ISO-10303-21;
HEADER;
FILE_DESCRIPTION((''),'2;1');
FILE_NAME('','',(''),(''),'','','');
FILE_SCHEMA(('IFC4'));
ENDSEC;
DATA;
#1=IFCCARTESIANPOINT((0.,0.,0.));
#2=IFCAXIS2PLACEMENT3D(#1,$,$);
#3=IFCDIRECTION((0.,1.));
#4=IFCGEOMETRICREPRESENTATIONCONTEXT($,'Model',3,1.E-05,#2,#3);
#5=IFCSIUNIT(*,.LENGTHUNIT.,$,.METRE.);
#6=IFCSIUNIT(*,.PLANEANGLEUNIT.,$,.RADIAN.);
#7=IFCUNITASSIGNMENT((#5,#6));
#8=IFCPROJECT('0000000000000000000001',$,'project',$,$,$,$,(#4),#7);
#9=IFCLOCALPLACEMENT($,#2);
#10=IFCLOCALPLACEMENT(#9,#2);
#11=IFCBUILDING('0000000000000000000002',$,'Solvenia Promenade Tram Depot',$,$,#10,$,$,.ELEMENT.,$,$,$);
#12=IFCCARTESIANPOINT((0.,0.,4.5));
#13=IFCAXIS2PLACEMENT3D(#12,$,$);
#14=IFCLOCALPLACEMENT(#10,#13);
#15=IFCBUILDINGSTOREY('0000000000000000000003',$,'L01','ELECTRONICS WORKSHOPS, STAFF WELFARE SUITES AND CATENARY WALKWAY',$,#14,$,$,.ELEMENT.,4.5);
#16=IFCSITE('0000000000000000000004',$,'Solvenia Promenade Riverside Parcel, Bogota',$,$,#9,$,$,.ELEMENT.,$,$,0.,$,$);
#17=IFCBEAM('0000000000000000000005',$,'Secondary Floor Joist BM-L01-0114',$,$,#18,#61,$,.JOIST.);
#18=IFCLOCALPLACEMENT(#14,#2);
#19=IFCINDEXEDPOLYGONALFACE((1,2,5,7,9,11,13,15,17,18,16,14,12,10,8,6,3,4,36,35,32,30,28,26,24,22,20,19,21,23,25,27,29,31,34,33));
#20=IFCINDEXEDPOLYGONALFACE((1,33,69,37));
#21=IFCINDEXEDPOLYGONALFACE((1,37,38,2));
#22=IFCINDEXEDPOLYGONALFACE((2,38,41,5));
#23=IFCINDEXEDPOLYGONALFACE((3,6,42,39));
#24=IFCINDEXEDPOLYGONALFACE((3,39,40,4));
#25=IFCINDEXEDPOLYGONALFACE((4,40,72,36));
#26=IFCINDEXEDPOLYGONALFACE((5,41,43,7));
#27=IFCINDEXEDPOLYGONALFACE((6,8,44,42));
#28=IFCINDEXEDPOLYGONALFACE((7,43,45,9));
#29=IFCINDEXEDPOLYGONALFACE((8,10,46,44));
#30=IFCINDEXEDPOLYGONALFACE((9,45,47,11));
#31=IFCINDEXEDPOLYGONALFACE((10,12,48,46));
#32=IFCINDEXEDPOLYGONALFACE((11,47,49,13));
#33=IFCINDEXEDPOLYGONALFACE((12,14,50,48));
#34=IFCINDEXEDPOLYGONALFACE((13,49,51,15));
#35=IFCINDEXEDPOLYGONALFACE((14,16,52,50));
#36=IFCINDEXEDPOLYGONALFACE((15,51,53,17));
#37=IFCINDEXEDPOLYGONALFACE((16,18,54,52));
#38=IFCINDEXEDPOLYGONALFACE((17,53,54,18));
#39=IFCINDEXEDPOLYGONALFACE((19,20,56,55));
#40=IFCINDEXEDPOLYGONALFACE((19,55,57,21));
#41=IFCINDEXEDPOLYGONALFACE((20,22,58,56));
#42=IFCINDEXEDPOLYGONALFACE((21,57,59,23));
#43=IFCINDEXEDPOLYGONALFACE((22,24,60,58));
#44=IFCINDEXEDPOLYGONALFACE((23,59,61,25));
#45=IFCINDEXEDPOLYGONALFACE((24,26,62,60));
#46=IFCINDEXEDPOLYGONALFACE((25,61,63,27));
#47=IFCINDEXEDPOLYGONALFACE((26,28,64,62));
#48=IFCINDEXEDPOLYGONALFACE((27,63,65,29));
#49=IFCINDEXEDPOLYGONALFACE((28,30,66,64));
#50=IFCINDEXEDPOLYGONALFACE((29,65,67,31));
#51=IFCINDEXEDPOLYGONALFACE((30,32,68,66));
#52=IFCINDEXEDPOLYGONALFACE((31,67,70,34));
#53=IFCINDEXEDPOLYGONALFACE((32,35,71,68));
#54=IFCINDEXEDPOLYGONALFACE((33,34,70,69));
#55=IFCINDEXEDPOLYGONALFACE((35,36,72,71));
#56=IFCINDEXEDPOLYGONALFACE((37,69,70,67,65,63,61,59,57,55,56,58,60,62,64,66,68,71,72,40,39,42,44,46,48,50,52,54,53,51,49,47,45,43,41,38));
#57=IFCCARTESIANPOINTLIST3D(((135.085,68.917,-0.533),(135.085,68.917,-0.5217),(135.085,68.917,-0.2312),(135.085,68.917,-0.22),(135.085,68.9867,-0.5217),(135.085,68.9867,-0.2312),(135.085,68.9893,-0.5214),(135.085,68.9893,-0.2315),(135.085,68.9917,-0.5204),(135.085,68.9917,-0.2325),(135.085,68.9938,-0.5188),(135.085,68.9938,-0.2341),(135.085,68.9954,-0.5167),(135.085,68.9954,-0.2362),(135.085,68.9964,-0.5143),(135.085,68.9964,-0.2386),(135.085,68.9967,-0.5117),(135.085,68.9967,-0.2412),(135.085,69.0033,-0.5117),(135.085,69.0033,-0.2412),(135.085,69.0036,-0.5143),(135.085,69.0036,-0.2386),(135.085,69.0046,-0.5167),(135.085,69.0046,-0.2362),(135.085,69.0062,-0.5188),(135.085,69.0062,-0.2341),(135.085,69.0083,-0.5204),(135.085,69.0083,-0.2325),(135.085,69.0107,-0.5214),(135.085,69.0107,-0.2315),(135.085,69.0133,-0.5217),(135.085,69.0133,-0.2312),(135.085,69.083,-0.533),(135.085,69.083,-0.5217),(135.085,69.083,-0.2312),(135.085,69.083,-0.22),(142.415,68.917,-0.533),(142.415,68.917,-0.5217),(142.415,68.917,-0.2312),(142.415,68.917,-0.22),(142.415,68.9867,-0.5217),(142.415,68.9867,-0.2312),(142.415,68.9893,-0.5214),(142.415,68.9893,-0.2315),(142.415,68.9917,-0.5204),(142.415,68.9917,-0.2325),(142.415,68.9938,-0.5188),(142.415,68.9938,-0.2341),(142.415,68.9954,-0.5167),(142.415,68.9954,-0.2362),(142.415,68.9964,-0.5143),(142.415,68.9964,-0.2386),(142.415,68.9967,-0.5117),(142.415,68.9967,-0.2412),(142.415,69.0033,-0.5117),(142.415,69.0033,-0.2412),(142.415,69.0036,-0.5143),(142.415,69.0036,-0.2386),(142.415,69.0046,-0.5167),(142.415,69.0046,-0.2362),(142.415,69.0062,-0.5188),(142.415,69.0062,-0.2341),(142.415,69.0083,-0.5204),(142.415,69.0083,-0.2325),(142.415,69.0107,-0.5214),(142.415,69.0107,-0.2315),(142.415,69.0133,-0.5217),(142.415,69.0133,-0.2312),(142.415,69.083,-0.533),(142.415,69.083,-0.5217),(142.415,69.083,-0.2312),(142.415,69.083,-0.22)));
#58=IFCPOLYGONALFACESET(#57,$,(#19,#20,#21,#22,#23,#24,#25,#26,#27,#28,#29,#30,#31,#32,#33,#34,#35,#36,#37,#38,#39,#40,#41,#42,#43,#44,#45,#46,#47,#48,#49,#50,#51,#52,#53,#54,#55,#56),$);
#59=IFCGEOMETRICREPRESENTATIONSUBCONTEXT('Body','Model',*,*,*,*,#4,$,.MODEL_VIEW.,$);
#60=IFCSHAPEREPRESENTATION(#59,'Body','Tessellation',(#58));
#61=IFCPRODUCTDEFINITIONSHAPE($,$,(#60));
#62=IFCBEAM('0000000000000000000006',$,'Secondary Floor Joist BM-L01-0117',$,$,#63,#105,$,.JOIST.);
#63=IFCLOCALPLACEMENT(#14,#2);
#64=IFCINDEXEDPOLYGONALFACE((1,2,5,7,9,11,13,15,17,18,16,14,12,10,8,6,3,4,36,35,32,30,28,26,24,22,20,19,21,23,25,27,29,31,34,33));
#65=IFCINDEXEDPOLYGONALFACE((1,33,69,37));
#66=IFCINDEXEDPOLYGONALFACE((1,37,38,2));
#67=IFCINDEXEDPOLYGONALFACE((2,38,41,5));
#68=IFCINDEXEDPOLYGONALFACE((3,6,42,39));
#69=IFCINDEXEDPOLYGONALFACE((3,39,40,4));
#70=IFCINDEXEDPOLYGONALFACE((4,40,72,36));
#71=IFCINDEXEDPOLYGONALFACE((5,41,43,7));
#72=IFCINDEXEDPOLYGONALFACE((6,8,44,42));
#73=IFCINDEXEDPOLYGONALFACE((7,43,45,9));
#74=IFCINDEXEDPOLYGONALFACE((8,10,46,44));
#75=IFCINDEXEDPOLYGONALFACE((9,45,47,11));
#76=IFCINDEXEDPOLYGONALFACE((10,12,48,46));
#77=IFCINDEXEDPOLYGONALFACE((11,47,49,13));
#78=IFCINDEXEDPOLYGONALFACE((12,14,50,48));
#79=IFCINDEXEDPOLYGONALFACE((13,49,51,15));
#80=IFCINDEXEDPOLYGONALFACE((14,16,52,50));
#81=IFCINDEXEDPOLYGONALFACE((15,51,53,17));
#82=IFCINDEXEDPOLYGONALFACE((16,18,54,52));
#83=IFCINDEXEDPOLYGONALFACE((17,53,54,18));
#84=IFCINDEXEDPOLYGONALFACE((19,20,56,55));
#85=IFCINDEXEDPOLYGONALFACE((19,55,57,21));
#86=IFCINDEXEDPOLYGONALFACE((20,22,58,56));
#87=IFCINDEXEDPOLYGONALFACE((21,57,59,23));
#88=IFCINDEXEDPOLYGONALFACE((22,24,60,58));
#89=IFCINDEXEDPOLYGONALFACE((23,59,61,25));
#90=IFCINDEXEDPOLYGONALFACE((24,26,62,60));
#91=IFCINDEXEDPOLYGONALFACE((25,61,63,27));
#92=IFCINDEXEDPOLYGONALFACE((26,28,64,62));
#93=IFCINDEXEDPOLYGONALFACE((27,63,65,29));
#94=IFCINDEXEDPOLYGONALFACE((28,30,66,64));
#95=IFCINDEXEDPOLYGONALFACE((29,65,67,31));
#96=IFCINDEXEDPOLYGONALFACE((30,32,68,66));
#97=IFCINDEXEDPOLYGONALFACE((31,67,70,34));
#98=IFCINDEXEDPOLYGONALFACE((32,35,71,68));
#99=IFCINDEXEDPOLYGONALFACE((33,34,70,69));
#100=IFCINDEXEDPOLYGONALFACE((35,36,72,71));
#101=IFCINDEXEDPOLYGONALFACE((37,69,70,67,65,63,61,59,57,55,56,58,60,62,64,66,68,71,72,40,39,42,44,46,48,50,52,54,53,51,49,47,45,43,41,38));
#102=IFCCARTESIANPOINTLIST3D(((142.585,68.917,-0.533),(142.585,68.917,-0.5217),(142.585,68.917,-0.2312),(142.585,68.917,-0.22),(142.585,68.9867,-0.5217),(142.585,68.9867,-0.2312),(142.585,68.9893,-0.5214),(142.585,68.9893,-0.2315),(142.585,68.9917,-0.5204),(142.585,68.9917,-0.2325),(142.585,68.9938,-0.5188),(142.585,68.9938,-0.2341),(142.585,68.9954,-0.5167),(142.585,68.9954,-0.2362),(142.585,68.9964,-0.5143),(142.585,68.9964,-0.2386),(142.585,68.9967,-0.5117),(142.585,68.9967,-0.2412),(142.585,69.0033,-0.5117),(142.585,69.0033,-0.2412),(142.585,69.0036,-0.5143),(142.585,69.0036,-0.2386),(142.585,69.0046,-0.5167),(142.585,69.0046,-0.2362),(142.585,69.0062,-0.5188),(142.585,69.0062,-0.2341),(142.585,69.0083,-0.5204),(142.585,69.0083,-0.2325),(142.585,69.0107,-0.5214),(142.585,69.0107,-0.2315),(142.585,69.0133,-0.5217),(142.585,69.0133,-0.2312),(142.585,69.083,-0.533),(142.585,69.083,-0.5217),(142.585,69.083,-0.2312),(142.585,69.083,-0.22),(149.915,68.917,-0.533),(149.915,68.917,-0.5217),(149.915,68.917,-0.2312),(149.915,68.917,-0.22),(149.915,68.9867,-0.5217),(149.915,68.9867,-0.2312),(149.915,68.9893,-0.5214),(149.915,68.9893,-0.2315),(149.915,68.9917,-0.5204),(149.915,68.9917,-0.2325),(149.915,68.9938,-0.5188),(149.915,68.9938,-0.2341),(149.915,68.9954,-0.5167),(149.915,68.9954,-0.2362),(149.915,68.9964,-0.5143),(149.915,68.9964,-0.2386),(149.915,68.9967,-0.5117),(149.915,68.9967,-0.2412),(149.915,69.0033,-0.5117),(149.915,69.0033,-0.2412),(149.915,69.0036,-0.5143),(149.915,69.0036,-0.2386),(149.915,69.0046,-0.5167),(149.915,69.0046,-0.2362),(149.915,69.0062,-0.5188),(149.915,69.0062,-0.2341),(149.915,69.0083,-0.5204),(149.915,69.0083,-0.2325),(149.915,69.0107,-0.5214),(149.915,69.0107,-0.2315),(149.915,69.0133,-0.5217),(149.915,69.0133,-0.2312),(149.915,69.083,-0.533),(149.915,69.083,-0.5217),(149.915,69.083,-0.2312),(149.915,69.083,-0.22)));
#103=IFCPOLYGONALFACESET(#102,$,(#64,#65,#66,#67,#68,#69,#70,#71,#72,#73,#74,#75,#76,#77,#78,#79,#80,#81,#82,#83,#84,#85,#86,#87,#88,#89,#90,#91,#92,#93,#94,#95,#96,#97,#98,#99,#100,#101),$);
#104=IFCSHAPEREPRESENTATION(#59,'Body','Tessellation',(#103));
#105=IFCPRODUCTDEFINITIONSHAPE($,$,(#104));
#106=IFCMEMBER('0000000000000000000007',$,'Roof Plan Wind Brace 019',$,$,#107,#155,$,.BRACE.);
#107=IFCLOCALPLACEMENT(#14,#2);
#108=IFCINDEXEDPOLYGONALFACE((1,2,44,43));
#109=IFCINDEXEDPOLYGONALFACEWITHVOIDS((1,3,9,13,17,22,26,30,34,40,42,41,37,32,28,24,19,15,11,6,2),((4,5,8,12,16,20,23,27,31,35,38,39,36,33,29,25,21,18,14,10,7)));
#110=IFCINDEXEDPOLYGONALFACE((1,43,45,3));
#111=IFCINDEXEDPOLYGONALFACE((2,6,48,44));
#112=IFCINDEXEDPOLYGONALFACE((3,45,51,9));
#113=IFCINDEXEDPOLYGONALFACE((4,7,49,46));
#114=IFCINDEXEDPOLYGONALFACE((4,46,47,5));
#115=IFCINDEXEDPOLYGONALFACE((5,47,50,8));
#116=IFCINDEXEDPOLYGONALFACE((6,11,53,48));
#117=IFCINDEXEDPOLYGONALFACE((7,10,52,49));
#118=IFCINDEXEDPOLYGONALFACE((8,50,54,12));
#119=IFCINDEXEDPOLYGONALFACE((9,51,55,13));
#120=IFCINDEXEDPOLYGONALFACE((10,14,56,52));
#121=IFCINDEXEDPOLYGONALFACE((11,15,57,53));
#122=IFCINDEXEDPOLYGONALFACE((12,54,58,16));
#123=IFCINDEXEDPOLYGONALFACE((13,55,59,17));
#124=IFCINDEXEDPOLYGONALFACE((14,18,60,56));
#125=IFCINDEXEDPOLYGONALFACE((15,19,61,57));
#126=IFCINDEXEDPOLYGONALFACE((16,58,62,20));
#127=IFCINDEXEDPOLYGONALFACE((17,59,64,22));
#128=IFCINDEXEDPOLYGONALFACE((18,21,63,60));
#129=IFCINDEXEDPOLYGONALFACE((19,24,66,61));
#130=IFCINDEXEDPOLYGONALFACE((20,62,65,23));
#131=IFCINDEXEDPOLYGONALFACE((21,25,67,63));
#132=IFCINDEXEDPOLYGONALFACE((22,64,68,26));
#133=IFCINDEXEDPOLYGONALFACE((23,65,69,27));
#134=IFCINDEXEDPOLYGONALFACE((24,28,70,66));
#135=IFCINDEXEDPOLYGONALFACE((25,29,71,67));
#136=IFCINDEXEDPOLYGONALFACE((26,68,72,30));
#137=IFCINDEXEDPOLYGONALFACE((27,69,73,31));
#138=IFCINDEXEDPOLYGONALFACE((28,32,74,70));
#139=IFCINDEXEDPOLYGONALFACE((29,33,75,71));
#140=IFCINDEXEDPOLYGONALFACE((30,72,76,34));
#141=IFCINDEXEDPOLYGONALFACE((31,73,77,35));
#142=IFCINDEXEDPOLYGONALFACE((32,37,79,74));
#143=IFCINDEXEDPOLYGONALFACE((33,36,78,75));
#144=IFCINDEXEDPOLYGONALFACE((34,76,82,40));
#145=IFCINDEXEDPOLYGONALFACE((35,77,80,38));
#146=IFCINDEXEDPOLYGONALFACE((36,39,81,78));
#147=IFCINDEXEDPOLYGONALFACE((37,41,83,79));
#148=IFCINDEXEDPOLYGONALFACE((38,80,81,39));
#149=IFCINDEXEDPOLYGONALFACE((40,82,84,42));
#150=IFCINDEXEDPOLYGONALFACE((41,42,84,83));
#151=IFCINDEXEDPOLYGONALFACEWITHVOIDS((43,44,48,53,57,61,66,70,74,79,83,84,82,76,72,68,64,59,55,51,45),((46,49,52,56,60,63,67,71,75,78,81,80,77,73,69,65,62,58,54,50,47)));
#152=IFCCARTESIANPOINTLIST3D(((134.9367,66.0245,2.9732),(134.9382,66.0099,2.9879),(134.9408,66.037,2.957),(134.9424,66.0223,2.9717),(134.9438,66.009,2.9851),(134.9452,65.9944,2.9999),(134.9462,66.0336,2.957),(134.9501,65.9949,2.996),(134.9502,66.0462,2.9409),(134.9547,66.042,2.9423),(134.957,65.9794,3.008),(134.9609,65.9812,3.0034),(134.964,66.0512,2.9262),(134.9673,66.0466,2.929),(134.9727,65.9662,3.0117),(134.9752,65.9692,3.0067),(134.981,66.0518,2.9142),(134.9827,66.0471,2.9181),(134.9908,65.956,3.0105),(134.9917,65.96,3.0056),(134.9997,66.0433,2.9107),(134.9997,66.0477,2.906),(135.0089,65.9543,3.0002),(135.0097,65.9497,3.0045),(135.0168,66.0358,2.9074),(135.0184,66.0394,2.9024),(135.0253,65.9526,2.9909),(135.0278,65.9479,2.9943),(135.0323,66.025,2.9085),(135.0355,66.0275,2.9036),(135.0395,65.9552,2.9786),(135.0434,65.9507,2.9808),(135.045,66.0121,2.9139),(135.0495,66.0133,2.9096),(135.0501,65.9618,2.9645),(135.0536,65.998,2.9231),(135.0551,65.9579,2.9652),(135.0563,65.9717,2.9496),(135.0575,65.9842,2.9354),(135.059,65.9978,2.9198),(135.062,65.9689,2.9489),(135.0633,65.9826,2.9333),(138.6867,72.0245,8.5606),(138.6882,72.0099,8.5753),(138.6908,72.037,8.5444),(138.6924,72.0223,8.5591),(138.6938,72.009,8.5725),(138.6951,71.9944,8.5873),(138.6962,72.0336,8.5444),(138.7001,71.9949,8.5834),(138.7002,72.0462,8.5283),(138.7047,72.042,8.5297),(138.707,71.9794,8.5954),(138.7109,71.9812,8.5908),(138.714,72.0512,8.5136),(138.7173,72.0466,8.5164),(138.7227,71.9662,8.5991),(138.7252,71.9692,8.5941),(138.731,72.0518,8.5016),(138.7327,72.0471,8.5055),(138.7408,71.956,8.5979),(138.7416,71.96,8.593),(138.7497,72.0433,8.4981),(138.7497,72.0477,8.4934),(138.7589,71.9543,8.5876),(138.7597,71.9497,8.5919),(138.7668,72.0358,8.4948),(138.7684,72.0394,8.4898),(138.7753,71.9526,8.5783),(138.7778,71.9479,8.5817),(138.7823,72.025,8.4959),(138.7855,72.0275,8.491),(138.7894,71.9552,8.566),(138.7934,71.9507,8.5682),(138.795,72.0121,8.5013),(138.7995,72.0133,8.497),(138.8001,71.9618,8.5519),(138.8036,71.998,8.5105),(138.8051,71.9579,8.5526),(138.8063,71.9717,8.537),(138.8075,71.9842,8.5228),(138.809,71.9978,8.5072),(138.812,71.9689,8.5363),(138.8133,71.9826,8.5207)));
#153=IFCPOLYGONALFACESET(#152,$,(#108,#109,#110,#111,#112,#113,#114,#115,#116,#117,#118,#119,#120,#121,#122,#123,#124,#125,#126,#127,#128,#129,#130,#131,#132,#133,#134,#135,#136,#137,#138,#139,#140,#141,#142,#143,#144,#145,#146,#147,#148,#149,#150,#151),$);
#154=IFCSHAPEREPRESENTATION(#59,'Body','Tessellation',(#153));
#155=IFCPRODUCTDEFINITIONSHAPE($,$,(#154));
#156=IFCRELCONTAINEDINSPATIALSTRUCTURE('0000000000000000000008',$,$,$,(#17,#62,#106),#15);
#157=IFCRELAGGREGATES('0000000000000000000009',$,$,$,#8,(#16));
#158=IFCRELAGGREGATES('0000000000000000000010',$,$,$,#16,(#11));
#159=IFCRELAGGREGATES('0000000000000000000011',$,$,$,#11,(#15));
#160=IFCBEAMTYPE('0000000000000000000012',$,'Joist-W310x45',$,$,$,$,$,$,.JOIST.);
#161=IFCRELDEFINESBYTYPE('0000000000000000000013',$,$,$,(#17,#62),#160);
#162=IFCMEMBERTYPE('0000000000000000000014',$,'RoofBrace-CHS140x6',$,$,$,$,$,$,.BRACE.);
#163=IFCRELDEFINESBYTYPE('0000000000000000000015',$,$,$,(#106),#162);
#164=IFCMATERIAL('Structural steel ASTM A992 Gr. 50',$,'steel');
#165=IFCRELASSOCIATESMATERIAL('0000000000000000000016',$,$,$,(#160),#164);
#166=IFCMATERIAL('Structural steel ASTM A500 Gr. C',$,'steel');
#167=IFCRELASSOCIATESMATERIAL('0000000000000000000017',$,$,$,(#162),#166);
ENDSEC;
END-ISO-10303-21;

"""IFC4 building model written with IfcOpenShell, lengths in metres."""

from ifc_helpers import new_model, si_unit, direction, frame, origin, origin_2d, place, context, subcontext, project, spatial, hollow_circle, i_section, extrude, material, material_profile, profile_set, type_object, element, save


model = new_model("IFC4")

# Units and contexts
model_context = context("Model", 3, precision=1e-05, world=origin(), true_north=direction((0.0, 1.0)))
body_context = subcontext(model_context, "Body", "Model", "MODEL_VIEW")
ifc_project = project(units=[si_unit("LENGTHUNIT", "METRE"), si_unit("PLANEANGLEUNIT", "RADIAN")], contexts=[model_context])

# Site, building, storey
site_placement = place(None, origin())
site = spatial("IfcSite", under=ifc_project, at=site_placement, Name="Solvenia Promenade Riverside Parcel, Bogota", CompositionType="ELEMENT", RefElevation=0.0)
building_placement = place(site_placement, origin())
building = spatial("IfcBuilding", under=site, at=building_placement, Name="Solvenia Promenade Tram Depot", CompositionType="ELEMENT")
storey_placement = place(building_placement, frame((0.0, 0.0, 4.5)))
storey = spatial("IfcBuildingStorey", under=building, at=storey_placement, Name="L01", Description="ELECTRONICS WORKSHOPS, STAFF WELFARE SUITES AND CATENARY WALKWAY", CompositionType="ELEMENT", Elevation=4.5)

# Shared definitions
ifc_material_1 = material(Name="Structural steel ASTM A992 Gr. 50", Category="steel")

# Shared definitions
ifc_material_2 = material(Name="Structural steel ASTM A500 Gr. C", Category="steel")

# Beams
ifc_material_profile_1 = material_profile(ifc_material_1, i_section(OverallWidth=0.166, OverallDepth=0.313, WebThickness=0.0066, FlangeThickness=0.0112, FilletRadius=0.01, at=origin_2d()), Name="W310x45", Category="steel")
ifc_profile_set_1 = profile_set([ifc_material_profile_1], Name="Structural steel ASTM A992 Gr. 50")
beam_type_1 = type_object("IfcBeamType", Name="Joist-W310x45", PredefinedType="JOIST", material=ifc_profile_set_1)
for number, where, z_axis, x_axis, name in (
    (1, (135.085, 69.0, -0.3765), (1.0, 0.0, 0.0), (0.0, 1.0, 0.0), "Secondary Floor Joist BM-L01-0114"),
    (2, (142.585, 69.0, -0.3765), (1.0, 0.0, 0.0), (0.0, 1.0, 0.0), "Secondary Floor Joist BM-L01-0117"),
):
    element("IfcBeam", number, at=place(storey_placement, frame(where, z_axis=z_axis, x_axis=x_axis)), inside=storey, type_object=beam_type_1, Name=name, PredefinedType="JOIST", context=body_context, shape_type="SweptSolid", body=[
        extrude(i_section(OverallWidth=0.166, OverallDepth=0.313, WebThickness=0.0066, FlangeThickness=0.0112, FilletRadius=0.01, at=origin_2d()), origin(), (0.0, 0.0, 1.0), 7.3301),
    ])

# Member
ifc_material_profile_2 = material_profile(ifc_material_2, hollow_circle(Radius=0.0698, WallThickness=0.0063, at=origin_2d()), Name="CHS139.7x6.3", Category="steel")
ifc_profile_set_2 = profile_set([ifc_material_profile_2], Name="Structural steel ASTM A500 Gr. C")
member_type_1 = type_object("IfcMemberType", Name="RoofBrace-CHS140x6", PredefinedType="BRACE", material=ifc_profile_set_2)
member_1_placement = place(storey_placement, frame((135.0, 66.0, 2.957), z_axis=(0.415944, 0.665511, 0.619746), x_axis=(-0.847998, 0.529999, 0.0)))
element("IfcMember", 3, at=member_1_placement, inside=storey, type_object=member_type_1, Name="Roof Plan Wind Brace 019", PredefinedType="BRACE", context=body_context, shape_type="SweptSolid", body=[
    extrude(hollow_circle(Radius=0.0698, WallThickness=0.0063, at=origin_2d()), origin(), (0.0, 0.0, 1.0), 9.0156),
])

save(model, "model.ifc")
